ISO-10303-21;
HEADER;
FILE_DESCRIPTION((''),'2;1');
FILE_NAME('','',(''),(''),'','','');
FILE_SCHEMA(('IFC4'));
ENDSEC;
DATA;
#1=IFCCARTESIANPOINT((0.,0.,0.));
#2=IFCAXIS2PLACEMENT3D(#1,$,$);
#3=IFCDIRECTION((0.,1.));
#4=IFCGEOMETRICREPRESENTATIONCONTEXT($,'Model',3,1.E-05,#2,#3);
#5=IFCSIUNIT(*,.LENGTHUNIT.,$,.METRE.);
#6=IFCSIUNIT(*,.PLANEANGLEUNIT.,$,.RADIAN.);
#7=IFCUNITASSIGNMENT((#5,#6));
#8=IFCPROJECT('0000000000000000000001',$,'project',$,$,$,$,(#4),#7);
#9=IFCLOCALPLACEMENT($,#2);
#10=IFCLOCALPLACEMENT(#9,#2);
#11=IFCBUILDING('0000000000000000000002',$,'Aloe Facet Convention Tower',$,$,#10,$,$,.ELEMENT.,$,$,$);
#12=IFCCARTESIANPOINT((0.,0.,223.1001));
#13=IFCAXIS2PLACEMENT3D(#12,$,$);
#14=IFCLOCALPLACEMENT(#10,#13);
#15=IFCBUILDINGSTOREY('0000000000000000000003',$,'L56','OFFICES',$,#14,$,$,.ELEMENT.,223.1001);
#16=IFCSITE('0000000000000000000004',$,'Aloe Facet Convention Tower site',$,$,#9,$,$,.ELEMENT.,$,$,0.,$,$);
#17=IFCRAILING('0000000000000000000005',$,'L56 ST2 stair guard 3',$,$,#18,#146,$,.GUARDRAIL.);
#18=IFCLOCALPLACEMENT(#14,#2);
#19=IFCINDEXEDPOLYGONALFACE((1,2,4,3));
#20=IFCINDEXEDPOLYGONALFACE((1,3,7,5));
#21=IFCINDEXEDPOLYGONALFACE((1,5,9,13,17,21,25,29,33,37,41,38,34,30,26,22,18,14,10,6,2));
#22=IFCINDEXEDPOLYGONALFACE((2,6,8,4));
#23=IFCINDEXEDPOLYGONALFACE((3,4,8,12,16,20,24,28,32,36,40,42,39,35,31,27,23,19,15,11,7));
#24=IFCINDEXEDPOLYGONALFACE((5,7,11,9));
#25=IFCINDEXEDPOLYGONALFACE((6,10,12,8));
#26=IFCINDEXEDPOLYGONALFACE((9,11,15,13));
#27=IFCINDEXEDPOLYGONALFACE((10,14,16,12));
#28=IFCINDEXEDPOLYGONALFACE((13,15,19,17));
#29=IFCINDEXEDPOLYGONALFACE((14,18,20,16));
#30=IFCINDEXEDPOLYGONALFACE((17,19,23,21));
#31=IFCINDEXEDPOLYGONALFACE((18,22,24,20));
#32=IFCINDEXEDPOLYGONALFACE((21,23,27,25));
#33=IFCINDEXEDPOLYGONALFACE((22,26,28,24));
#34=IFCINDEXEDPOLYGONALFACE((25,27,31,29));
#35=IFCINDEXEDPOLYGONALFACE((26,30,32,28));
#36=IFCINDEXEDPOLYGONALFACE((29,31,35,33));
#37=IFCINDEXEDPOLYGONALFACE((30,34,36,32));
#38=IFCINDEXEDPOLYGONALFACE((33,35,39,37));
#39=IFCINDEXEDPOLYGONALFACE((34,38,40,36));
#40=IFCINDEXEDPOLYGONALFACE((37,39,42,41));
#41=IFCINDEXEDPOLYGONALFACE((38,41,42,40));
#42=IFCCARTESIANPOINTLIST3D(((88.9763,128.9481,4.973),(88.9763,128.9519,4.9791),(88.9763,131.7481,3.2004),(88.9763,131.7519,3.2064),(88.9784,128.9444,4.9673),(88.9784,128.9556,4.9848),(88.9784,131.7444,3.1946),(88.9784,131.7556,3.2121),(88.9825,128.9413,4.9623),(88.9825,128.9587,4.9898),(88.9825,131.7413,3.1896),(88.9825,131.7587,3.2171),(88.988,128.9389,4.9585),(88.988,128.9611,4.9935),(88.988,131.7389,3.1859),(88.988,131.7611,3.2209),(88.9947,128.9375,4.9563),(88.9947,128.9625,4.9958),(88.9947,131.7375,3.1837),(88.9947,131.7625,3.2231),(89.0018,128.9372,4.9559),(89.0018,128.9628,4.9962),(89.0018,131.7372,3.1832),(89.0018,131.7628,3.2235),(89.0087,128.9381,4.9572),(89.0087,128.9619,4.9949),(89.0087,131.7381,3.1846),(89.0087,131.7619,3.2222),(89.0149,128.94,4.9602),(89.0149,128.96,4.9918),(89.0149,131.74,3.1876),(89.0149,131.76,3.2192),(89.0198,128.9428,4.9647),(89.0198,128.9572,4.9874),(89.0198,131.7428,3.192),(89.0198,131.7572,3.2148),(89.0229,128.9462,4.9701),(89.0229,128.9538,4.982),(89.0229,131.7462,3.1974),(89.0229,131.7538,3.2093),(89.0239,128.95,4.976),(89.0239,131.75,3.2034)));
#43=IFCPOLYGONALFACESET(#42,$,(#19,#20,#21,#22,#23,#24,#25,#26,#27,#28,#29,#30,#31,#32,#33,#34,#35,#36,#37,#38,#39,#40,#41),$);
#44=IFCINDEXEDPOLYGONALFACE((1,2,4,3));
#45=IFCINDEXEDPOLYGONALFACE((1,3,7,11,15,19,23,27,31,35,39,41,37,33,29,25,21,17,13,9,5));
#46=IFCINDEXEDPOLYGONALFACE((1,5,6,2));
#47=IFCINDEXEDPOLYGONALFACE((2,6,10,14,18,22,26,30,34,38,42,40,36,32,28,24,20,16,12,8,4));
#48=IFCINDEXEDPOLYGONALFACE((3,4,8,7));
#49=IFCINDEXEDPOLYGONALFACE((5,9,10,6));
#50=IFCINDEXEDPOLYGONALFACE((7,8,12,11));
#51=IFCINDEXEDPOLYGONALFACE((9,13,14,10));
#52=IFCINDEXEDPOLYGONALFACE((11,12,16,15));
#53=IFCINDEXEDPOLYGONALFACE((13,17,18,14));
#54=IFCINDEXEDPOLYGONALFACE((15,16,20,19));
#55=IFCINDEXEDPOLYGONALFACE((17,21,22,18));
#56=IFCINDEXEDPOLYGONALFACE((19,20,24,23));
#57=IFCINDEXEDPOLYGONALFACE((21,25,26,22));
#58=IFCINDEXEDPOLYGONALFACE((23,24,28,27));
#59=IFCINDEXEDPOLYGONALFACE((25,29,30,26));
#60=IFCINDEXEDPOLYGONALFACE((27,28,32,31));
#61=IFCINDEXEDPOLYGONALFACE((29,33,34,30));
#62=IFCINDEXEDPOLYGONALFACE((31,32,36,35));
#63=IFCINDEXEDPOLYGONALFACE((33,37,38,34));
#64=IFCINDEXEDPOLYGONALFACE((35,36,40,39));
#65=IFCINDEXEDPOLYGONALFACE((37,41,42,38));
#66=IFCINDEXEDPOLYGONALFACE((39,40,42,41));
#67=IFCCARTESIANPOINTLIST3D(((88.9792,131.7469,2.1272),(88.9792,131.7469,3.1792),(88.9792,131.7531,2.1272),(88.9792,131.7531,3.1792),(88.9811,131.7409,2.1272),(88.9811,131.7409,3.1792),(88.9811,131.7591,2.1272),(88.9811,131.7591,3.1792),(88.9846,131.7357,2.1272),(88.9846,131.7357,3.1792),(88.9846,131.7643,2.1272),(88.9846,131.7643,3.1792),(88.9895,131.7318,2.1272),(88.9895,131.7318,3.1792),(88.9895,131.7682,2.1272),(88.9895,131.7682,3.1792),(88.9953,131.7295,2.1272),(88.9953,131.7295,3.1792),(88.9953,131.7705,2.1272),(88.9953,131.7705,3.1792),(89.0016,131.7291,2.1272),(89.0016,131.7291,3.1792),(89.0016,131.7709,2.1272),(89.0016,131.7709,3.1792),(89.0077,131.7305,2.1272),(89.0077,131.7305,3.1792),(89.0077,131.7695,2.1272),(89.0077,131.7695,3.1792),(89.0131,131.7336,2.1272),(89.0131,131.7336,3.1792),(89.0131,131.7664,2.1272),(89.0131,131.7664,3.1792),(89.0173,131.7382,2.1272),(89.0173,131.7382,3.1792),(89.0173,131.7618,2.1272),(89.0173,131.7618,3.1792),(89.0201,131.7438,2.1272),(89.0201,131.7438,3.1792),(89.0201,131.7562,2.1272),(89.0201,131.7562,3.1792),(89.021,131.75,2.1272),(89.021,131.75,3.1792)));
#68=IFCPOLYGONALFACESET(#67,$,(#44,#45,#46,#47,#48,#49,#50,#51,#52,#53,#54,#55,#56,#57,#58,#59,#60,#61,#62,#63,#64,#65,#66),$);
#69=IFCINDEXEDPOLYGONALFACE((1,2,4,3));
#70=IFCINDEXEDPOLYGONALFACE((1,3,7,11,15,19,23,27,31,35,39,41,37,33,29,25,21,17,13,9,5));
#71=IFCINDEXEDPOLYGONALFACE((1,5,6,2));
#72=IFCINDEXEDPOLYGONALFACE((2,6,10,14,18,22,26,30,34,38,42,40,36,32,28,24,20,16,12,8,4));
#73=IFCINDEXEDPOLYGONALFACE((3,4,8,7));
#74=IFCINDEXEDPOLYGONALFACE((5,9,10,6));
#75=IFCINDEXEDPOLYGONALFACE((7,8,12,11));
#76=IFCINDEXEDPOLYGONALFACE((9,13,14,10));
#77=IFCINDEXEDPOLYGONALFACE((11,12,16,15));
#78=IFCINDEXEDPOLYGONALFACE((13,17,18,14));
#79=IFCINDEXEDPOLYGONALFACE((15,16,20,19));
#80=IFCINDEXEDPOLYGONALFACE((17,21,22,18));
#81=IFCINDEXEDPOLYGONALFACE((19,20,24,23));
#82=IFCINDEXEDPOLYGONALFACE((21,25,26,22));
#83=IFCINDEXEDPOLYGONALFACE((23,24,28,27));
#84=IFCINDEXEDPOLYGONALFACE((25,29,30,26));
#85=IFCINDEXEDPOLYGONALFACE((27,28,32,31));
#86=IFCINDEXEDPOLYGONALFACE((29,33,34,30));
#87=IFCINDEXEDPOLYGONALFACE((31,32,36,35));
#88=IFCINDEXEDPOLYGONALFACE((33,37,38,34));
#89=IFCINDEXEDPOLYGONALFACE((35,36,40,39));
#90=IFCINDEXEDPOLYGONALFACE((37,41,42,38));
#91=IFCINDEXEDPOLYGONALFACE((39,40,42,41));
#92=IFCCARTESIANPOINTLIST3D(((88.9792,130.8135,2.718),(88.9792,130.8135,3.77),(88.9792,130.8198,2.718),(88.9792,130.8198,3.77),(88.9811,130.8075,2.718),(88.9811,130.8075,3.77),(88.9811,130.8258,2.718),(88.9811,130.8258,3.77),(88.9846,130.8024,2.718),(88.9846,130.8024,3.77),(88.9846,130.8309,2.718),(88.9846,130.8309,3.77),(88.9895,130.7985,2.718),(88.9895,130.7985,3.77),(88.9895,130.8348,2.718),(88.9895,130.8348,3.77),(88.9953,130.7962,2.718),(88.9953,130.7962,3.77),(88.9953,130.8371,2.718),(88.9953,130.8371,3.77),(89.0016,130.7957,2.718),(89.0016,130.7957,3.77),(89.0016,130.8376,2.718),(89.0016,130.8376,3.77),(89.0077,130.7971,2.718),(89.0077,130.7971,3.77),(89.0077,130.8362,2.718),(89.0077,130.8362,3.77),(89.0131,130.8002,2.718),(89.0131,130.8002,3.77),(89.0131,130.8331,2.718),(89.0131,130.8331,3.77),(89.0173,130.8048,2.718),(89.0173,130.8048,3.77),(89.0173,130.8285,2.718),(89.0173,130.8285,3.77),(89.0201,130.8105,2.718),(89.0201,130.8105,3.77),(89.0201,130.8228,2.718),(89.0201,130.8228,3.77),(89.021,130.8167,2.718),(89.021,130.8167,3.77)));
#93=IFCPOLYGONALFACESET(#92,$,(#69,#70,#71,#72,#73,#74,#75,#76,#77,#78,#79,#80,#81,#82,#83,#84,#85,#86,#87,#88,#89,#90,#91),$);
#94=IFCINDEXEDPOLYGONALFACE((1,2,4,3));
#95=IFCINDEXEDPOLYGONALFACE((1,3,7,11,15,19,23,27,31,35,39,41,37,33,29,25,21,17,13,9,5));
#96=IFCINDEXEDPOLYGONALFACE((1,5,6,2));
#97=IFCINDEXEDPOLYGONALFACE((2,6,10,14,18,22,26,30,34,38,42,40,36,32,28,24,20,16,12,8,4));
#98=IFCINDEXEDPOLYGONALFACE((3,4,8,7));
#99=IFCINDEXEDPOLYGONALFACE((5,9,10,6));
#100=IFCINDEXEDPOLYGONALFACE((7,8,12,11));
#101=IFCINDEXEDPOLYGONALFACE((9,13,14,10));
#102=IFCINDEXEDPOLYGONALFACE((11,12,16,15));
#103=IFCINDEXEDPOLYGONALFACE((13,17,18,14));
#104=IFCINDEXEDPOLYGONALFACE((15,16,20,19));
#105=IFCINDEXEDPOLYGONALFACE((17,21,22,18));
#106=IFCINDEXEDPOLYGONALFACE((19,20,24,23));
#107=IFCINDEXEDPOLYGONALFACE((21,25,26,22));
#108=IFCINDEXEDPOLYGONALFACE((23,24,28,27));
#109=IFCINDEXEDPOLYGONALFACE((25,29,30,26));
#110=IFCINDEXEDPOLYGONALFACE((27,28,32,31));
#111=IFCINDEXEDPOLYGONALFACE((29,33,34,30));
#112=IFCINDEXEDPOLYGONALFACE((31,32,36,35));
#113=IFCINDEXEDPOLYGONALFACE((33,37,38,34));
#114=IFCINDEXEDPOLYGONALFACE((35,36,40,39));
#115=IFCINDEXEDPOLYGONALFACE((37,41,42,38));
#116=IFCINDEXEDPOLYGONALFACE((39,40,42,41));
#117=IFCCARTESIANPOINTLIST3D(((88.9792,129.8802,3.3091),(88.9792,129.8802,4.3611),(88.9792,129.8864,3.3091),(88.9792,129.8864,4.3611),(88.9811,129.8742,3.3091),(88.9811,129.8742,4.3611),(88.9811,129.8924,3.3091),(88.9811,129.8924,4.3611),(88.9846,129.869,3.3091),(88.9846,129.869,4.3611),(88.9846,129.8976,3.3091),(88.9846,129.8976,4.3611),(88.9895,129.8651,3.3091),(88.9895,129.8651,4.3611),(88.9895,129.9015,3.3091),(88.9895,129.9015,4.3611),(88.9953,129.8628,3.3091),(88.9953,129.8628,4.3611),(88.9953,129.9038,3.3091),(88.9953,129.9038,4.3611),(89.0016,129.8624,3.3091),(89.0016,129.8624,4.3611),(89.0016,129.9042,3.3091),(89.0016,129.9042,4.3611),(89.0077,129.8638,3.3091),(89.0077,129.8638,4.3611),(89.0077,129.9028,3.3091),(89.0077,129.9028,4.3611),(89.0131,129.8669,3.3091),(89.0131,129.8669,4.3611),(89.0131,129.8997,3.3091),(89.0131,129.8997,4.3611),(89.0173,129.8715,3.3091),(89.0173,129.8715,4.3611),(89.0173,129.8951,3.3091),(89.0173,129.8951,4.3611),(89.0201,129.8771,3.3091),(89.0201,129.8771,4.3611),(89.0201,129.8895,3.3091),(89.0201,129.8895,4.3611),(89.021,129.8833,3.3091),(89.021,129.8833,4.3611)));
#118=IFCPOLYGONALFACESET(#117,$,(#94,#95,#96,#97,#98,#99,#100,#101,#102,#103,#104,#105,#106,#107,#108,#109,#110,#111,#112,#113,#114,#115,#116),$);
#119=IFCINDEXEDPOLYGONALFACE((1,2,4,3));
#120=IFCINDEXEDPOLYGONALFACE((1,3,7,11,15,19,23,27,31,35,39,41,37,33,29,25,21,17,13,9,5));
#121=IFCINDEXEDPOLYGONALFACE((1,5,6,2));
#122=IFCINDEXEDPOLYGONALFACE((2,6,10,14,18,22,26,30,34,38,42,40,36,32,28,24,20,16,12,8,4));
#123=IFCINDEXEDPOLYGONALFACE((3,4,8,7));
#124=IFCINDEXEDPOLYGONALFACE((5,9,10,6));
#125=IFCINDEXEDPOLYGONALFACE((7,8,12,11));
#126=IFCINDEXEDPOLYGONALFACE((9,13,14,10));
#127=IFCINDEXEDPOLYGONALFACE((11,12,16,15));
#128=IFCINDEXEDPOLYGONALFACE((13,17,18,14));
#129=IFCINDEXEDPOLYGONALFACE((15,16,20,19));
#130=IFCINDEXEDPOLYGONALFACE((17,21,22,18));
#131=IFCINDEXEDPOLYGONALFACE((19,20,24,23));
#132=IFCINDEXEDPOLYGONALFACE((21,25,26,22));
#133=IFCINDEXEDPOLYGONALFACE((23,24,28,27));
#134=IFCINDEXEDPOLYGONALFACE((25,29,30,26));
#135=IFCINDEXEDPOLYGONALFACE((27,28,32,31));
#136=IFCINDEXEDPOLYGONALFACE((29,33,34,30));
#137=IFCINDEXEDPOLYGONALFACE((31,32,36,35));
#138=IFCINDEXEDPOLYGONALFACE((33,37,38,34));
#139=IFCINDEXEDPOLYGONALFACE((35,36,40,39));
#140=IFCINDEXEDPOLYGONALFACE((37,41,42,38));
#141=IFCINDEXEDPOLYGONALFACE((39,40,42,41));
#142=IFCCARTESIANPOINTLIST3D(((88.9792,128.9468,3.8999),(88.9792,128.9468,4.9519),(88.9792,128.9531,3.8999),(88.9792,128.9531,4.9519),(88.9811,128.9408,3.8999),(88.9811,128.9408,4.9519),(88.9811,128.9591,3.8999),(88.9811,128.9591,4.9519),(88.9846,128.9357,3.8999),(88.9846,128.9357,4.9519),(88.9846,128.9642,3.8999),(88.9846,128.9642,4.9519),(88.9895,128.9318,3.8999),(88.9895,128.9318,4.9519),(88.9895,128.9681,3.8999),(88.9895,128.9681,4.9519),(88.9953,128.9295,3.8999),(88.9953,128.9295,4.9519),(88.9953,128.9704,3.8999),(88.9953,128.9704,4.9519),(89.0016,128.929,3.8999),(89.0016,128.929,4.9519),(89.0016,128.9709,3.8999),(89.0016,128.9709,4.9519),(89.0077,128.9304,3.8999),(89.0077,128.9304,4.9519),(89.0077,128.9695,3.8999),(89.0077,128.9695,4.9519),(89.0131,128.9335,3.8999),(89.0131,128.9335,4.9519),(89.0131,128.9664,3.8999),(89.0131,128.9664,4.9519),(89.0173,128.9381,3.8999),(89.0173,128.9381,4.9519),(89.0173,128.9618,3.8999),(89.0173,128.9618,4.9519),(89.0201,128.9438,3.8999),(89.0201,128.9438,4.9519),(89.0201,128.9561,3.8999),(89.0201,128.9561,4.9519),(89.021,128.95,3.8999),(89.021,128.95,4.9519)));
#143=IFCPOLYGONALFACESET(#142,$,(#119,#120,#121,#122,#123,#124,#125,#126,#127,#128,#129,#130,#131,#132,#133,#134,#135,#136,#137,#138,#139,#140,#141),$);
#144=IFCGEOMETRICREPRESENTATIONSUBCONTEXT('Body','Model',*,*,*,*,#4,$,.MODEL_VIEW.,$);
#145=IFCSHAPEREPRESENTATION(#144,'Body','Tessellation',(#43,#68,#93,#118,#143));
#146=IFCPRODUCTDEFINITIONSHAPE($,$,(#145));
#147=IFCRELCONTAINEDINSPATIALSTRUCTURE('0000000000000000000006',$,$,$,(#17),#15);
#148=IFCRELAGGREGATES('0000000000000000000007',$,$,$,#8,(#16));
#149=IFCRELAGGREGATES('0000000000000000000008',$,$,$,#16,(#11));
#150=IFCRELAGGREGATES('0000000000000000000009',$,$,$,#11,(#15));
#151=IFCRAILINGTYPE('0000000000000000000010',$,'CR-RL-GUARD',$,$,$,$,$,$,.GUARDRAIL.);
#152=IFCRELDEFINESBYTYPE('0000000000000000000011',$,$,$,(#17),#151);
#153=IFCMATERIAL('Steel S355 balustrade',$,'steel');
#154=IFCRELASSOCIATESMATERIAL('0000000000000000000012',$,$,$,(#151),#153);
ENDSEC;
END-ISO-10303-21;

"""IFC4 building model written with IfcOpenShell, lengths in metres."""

from ifc_helpers import new_model, si_unit, direction, frame, origin, origin_2d, place, context, subcontext, project, spatial, circle, extrude, material, type_object, element, save


model = new_model("IFC4")

# Units and contexts
model_context = context("Model", 3, precision=1e-05, world=origin(), true_north=direction((0.0, 1.0)))
body_context = subcontext(model_context, "Body", "Model", "MODEL_VIEW")
ifc_project = project(units=[si_unit("LENGTHUNIT", "METRE"), si_unit("PLANEANGLEUNIT", "RADIAN")], contexts=[model_context])

# Site, building, storey
site_placement = place(None, origin())
site = spatial("IfcSite", under=ifc_project, at=site_placement, Name="Aloe Facet Convention Tower site", CompositionType="ELEMENT", RefElevation=0.0)
building_placement = place(site_placement, origin())
building = spatial("IfcBuilding", under=site, at=building_placement, Name="Aloe Facet Convention Tower", CompositionType="ELEMENT")
storey_placement = place(building_placement, frame((0.0, 0.0, 223.1001)))
storey = spatial("IfcBuildingStorey", under=building, at=storey_placement, Name="L56", Description="OFFICES", CompositionType="ELEMENT", Elevation=223.1001)

# Railing
ifc_material_1 = material(Name="Steel S355 balustrade", Category="steel")
railing_type_1 = type_object("IfcRailingType", Name="CR-RL-GUARD", PredefinedType="GUARDRAIL", material=ifc_material_1)
railing_1_placement = place(storey_placement, frame((89.0, 131.75, 2.1272)))
element("IfcRailing", 1, at=railing_1_placement, inside=storey, type_object=railing_type_1, Name="L56 ST2 stair guard 3", PredefinedType="GUARDRAIL", context=body_context, shape_type="SweptSolid", body=[
    extrude(circle(Radius=0.0239, at=origin_2d()), frame((0.0, 0.0, 1.0762), z_axis=(0.0, -0.844909, 0.53491), x_axis=(1.0, 0.0, 0.0)), (0.0, 0.0, 1.0), 3.314),
    extrude(circle(Radius=0.021, at=origin_2d()), origin(), (0.0, 0.0, 1.0), 1.052),
    extrude(circle(Radius=0.021, at=origin_2d()), frame((0.0, -0.9333, 0.5908)), (0.0, 0.0, 1.0), 1.052),
    extrude(circle(Radius=0.021, at=origin_2d()), frame((0.0, -1.8667, 1.1819)), (0.0, 0.0, 1.0), 1.052),
    extrude(circle(Radius=0.021, at=origin_2d()), frame((0.0, -2.8, 1.7727)), (0.0, 0.0, 1.0), 1.052),
])

save(model, "model.ifc")
